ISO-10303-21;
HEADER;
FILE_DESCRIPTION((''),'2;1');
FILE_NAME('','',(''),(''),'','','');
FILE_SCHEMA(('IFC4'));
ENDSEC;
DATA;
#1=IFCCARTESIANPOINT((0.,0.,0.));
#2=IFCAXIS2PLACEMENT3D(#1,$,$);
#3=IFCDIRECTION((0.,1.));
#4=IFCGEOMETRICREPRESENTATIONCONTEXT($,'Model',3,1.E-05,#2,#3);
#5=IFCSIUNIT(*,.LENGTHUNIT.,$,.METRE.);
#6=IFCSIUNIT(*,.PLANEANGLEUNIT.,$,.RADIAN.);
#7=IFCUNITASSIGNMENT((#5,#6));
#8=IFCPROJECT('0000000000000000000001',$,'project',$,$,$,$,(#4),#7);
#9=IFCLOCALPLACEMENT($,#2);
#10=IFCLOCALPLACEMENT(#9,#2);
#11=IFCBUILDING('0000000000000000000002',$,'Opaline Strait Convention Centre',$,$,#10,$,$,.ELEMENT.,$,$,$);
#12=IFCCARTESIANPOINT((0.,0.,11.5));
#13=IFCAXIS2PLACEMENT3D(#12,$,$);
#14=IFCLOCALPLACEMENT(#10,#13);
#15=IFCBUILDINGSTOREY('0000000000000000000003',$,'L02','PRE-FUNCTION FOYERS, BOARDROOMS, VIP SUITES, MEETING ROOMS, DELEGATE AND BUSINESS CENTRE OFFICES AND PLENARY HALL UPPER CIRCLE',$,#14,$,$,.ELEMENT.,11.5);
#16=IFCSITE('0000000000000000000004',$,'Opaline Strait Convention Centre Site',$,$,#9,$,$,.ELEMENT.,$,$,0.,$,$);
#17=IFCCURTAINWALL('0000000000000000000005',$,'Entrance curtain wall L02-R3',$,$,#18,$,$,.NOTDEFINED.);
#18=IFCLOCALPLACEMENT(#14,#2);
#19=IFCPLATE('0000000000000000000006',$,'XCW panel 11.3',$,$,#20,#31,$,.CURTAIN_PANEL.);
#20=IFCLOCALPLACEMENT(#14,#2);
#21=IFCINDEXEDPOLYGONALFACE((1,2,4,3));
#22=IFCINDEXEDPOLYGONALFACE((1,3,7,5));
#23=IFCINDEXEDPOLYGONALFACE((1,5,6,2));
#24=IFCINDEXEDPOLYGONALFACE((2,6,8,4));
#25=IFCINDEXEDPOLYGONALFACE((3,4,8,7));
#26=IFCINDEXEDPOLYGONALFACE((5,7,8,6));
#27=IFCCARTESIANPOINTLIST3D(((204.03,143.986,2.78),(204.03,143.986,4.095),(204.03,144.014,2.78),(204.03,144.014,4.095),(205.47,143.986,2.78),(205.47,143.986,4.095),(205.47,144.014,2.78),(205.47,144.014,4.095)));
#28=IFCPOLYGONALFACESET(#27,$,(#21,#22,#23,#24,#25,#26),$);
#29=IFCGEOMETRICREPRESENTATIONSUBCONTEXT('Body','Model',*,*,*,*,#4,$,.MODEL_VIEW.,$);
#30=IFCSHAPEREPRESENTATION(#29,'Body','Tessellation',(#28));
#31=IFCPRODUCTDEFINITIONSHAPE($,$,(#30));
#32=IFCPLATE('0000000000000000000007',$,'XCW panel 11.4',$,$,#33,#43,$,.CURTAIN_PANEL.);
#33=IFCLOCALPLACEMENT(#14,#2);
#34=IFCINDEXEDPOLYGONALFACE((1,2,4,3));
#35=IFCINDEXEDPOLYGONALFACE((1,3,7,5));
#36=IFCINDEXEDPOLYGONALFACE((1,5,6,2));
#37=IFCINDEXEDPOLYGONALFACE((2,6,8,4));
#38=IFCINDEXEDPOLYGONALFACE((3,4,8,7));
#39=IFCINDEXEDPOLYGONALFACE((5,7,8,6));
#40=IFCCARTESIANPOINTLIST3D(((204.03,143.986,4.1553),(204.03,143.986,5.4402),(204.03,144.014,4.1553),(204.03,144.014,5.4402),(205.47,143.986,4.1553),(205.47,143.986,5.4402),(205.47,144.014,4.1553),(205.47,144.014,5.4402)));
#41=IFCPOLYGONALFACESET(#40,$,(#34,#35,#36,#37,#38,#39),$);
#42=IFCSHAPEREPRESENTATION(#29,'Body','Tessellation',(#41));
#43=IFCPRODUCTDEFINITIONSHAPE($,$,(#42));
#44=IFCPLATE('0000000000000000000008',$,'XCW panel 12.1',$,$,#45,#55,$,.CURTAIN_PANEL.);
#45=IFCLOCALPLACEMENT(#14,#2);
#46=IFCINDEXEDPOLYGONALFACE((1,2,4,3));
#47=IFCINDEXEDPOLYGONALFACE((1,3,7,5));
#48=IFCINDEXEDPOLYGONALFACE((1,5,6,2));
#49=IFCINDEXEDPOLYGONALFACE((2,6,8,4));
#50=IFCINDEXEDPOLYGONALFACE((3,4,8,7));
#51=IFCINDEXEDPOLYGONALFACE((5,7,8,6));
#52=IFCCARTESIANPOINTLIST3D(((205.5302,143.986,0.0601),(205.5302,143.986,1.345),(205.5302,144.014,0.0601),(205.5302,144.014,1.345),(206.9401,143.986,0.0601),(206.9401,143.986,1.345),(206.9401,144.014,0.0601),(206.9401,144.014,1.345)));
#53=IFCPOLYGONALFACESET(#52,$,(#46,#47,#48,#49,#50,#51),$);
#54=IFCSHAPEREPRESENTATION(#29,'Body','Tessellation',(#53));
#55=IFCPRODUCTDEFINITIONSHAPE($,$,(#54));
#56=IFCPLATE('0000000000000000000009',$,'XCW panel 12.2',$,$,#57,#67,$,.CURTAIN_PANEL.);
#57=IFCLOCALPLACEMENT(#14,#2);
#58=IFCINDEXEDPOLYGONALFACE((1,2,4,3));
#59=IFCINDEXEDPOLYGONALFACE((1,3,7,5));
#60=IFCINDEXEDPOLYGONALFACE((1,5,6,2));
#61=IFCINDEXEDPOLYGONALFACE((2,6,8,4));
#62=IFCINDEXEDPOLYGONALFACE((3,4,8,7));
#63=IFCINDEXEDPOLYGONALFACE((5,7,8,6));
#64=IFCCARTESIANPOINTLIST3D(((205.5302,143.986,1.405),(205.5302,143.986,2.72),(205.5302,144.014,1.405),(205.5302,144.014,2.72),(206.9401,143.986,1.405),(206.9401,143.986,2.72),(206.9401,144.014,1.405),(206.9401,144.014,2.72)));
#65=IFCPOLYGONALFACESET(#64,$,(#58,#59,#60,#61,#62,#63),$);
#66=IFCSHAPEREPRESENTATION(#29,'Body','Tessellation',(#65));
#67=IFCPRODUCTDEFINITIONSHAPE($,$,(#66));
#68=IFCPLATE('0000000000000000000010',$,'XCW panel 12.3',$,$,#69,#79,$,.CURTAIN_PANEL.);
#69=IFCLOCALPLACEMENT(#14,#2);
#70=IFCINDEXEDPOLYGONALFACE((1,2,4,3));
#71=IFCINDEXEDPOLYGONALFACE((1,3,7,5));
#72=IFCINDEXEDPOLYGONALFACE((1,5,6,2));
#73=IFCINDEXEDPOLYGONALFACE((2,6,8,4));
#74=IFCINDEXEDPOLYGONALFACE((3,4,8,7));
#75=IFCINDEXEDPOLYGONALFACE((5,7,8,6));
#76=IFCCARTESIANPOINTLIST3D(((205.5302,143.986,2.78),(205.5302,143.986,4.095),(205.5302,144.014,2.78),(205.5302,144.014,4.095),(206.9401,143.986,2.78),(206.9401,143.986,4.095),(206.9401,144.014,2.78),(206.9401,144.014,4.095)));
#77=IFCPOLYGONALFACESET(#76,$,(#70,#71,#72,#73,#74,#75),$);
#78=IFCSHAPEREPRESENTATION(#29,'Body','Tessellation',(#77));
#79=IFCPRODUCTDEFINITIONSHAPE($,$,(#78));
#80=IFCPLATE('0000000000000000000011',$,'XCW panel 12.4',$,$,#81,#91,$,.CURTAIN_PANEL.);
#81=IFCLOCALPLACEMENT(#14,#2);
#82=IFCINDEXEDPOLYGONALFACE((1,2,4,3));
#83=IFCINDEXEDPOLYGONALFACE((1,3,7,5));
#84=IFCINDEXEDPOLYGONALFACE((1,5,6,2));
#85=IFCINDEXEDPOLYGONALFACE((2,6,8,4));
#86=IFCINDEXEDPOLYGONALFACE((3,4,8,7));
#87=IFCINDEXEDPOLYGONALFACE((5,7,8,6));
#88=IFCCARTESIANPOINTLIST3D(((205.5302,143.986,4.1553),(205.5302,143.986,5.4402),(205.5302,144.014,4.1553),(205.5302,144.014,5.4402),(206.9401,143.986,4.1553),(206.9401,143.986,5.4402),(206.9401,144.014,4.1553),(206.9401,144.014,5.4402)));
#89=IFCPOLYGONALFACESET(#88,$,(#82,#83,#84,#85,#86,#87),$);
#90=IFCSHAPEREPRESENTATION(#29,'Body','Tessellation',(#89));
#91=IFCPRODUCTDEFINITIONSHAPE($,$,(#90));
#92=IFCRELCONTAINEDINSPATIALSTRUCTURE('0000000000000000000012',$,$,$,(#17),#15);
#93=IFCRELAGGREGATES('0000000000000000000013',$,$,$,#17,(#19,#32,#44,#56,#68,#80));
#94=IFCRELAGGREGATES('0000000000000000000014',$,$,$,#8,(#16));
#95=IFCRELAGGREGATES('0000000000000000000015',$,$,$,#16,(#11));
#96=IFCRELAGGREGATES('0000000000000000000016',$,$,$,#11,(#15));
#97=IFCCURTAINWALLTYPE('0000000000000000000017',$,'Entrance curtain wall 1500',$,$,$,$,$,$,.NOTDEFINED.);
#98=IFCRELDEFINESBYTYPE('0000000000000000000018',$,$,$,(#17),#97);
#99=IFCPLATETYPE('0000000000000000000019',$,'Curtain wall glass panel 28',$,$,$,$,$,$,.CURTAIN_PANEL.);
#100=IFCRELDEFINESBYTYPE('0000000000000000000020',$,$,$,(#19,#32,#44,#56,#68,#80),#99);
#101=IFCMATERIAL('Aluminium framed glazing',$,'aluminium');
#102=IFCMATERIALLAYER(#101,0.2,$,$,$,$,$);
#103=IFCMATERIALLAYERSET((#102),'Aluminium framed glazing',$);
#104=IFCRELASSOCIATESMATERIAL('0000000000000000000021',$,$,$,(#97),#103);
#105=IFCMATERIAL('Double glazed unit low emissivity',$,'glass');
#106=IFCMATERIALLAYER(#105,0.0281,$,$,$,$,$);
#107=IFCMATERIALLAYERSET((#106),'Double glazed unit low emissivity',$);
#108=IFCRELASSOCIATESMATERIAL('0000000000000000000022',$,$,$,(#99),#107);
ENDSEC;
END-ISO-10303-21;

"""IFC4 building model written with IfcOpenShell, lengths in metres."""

from ifc_helpers import new_model, si_unit, direction, frame, origin, origin_2d, place, context, subcontext, project, spatial, rectangle, extrude, material, layer, layer_set, type_object, element, aggregate, save


model = new_model("IFC4")

# Units and contexts
model_context = context("Model", 3, precision=1e-05, world=origin(), true_north=direction((0.0, 1.0)))
body_context = subcontext(model_context, "Body", "Model", "MODEL_VIEW")
ifc_project = project(units=[si_unit("LENGTHUNIT", "METRE"), si_unit("PLANEANGLEUNIT", "RADIAN")], contexts=[model_context])

# Site, building, storey
site_placement = place(None, origin())
site = spatial("IfcSite", under=ifc_project, at=site_placement, Name="Opaline Strait Convention Centre Site", CompositionType="ELEMENT", RefElevation=0.0)
building_placement = place(site_placement, origin())
building = spatial("IfcBuilding", under=site, at=building_placement, Name="Opaline Strait Convention Centre", CompositionType="ELEMENT")
storey_placement = place(building_placement, frame((0.0, 0.0, 11.5)))
storey = spatial("IfcBuildingStorey", under=building, at=storey_placement, Name="L02", Description="PRE-FUNCTION FOYERS, BOARDROOMS, VIP SUITES, MEETING ROOMS, DELEGATE AND BUSINESS CENTRE OFFICES AND PLENARY HALL UPPER CIRCLE", CompositionType="ELEMENT", Elevation=11.5)

# Curtain wall
ifc_material_1 = material(Name="Aluminium framed glazing", Category="aluminium")
ifc_layer_1 = layer(ifc_material_1, 0.2)
ifc_layer_set_1 = layer_set([ifc_layer_1], Name="Aluminium framed glazing")
curtain_wall_type = type_object("IfcCurtainWallType", Name="Entrance curtain wall 1500", PredefinedType="NOTDEFINED", material=ifc_layer_set_1)
curtain_wall_placement = place(storey_placement, origin())
curtain_wall = element("IfcCurtainWall", 1, at=curtain_wall_placement, inside=storey, type_object=curtain_wall_type, Name="Entrance curtain wall L02-R3", PredefinedType="NOTDEFINED")

# Plates
ifc_material_2 = material(Name="Double glazed unit low emissivity", Category="glass")
ifc_layer_2 = layer(ifc_material_2, 0.0281)
ifc_layer_set_2 = layer_set([ifc_layer_2], Name="Double glazed unit low emissivity")
plate_type = type_object("IfcPlateType", Name="Curtain wall glass panel 28", PredefinedType="CURTAIN_PANEL", material=ifc_layer_set_2)
plate_1_placement = place(storey_placement, frame((204.75, 144.0, 2.78), z_axis=(0.0, 0.0, 1.0), x_axis=(1.0, 0.0, 0.0)))
plate_1 = element("IfcPlate", 2, at=plate_1_placement, type_object=plate_type, Name="XCW panel 11.3", PredefinedType="CURTAIN_PANEL", context=body_context, shape_type="SweptSolid", body=[
    extrude(rectangle(XDim=1.4399, YDim=0.0281, at=origin_2d()), origin(), (0.0, 0.0, 1.0), 1.3149),
])
plate_2_placement = place(storey_placement, frame((204.75, 144.0, 4.1553), z_axis=(0.0, 0.0, 1.0), x_axis=(1.0, 0.0, 0.0)))
plate_2 = element("IfcPlate", 3, at=plate_2_placement, type_object=plate_type, Name="XCW panel 11.4", PredefinedType="CURTAIN_PANEL", context=body_context, shape_type="SweptSolid", body=[
    extrude(rectangle(XDim=1.4399, YDim=0.0281, at=origin_2d()), origin(), (0.0, 0.0, 1.0), 1.2849),
])
plate_3_placement = place(storey_placement, frame((206.2351, 144.0, 0.0601), z_axis=(0.0, 0.0, 1.0), x_axis=(1.0, 0.0, 0.0)))
plate_3 = element("IfcPlate", 4, at=plate_3_placement, type_object=plate_type, Name="XCW panel 12.1", PredefinedType="CURTAIN_PANEL", context=body_context, shape_type="SweptSolid", body=[
    extrude(rectangle(XDim=1.4099, YDim=0.0281, at=origin_2d()), origin(), (0.0, 0.0, 1.0), 1.2849),
])
plate_4_placement = place(storey_placement, frame((206.2351, 144.0, 1.405), z_axis=(0.0, 0.0, 1.0), x_axis=(1.0, 0.0, 0.0)))
plate_4 = element("IfcPlate", 5, at=plate_4_placement, type_object=plate_type, Name="XCW panel 12.2", PredefinedType="CURTAIN_PANEL", context=body_context, shape_type="SweptSolid", body=[
    extrude(rectangle(XDim=1.4099, YDim=0.0281, at=origin_2d()), origin(), (0.0, 0.0, 1.0), 1.3149),
])
plate_5_placement = place(storey_placement, frame((206.2351, 144.0, 2.78), z_axis=(0.0, 0.0, 1.0), x_axis=(1.0, 0.0, 0.0)))
plate_5 = element("IfcPlate", 6, at=plate_5_placement, type_object=plate_type, Name="XCW panel 12.3", PredefinedType="CURTAIN_PANEL", context=body_context, shape_type="SweptSolid", body=[
    extrude(rectangle(XDim=1.4099, YDim=0.0281, at=origin_2d()), origin(), (0.0, 0.0, 1.0), 1.3149),
])
plate_6_placement = place(storey_placement, frame((206.2351, 144.0, 4.1553), z_axis=(0.0, 0.0, 1.0), x_axis=(1.0, 0.0, 0.0)))
plate_6 = element("IfcPlate", 7, at=plate_6_placement, type_object=plate_type, Name="XCW panel 12.4", PredefinedType="CURTAIN_PANEL", context=body_context, shape_type="SweptSolid", body=[
    extrude(rectangle(XDim=1.4099, YDim=0.0281, at=origin_2d()), origin(), (0.0, 0.0, 1.0), 1.2849),
])
aggregate(curtain_wall, [plate_1, plate_2, plate_3, plate_4, plate_5, plate_6])

save(model, "model.ifc")
